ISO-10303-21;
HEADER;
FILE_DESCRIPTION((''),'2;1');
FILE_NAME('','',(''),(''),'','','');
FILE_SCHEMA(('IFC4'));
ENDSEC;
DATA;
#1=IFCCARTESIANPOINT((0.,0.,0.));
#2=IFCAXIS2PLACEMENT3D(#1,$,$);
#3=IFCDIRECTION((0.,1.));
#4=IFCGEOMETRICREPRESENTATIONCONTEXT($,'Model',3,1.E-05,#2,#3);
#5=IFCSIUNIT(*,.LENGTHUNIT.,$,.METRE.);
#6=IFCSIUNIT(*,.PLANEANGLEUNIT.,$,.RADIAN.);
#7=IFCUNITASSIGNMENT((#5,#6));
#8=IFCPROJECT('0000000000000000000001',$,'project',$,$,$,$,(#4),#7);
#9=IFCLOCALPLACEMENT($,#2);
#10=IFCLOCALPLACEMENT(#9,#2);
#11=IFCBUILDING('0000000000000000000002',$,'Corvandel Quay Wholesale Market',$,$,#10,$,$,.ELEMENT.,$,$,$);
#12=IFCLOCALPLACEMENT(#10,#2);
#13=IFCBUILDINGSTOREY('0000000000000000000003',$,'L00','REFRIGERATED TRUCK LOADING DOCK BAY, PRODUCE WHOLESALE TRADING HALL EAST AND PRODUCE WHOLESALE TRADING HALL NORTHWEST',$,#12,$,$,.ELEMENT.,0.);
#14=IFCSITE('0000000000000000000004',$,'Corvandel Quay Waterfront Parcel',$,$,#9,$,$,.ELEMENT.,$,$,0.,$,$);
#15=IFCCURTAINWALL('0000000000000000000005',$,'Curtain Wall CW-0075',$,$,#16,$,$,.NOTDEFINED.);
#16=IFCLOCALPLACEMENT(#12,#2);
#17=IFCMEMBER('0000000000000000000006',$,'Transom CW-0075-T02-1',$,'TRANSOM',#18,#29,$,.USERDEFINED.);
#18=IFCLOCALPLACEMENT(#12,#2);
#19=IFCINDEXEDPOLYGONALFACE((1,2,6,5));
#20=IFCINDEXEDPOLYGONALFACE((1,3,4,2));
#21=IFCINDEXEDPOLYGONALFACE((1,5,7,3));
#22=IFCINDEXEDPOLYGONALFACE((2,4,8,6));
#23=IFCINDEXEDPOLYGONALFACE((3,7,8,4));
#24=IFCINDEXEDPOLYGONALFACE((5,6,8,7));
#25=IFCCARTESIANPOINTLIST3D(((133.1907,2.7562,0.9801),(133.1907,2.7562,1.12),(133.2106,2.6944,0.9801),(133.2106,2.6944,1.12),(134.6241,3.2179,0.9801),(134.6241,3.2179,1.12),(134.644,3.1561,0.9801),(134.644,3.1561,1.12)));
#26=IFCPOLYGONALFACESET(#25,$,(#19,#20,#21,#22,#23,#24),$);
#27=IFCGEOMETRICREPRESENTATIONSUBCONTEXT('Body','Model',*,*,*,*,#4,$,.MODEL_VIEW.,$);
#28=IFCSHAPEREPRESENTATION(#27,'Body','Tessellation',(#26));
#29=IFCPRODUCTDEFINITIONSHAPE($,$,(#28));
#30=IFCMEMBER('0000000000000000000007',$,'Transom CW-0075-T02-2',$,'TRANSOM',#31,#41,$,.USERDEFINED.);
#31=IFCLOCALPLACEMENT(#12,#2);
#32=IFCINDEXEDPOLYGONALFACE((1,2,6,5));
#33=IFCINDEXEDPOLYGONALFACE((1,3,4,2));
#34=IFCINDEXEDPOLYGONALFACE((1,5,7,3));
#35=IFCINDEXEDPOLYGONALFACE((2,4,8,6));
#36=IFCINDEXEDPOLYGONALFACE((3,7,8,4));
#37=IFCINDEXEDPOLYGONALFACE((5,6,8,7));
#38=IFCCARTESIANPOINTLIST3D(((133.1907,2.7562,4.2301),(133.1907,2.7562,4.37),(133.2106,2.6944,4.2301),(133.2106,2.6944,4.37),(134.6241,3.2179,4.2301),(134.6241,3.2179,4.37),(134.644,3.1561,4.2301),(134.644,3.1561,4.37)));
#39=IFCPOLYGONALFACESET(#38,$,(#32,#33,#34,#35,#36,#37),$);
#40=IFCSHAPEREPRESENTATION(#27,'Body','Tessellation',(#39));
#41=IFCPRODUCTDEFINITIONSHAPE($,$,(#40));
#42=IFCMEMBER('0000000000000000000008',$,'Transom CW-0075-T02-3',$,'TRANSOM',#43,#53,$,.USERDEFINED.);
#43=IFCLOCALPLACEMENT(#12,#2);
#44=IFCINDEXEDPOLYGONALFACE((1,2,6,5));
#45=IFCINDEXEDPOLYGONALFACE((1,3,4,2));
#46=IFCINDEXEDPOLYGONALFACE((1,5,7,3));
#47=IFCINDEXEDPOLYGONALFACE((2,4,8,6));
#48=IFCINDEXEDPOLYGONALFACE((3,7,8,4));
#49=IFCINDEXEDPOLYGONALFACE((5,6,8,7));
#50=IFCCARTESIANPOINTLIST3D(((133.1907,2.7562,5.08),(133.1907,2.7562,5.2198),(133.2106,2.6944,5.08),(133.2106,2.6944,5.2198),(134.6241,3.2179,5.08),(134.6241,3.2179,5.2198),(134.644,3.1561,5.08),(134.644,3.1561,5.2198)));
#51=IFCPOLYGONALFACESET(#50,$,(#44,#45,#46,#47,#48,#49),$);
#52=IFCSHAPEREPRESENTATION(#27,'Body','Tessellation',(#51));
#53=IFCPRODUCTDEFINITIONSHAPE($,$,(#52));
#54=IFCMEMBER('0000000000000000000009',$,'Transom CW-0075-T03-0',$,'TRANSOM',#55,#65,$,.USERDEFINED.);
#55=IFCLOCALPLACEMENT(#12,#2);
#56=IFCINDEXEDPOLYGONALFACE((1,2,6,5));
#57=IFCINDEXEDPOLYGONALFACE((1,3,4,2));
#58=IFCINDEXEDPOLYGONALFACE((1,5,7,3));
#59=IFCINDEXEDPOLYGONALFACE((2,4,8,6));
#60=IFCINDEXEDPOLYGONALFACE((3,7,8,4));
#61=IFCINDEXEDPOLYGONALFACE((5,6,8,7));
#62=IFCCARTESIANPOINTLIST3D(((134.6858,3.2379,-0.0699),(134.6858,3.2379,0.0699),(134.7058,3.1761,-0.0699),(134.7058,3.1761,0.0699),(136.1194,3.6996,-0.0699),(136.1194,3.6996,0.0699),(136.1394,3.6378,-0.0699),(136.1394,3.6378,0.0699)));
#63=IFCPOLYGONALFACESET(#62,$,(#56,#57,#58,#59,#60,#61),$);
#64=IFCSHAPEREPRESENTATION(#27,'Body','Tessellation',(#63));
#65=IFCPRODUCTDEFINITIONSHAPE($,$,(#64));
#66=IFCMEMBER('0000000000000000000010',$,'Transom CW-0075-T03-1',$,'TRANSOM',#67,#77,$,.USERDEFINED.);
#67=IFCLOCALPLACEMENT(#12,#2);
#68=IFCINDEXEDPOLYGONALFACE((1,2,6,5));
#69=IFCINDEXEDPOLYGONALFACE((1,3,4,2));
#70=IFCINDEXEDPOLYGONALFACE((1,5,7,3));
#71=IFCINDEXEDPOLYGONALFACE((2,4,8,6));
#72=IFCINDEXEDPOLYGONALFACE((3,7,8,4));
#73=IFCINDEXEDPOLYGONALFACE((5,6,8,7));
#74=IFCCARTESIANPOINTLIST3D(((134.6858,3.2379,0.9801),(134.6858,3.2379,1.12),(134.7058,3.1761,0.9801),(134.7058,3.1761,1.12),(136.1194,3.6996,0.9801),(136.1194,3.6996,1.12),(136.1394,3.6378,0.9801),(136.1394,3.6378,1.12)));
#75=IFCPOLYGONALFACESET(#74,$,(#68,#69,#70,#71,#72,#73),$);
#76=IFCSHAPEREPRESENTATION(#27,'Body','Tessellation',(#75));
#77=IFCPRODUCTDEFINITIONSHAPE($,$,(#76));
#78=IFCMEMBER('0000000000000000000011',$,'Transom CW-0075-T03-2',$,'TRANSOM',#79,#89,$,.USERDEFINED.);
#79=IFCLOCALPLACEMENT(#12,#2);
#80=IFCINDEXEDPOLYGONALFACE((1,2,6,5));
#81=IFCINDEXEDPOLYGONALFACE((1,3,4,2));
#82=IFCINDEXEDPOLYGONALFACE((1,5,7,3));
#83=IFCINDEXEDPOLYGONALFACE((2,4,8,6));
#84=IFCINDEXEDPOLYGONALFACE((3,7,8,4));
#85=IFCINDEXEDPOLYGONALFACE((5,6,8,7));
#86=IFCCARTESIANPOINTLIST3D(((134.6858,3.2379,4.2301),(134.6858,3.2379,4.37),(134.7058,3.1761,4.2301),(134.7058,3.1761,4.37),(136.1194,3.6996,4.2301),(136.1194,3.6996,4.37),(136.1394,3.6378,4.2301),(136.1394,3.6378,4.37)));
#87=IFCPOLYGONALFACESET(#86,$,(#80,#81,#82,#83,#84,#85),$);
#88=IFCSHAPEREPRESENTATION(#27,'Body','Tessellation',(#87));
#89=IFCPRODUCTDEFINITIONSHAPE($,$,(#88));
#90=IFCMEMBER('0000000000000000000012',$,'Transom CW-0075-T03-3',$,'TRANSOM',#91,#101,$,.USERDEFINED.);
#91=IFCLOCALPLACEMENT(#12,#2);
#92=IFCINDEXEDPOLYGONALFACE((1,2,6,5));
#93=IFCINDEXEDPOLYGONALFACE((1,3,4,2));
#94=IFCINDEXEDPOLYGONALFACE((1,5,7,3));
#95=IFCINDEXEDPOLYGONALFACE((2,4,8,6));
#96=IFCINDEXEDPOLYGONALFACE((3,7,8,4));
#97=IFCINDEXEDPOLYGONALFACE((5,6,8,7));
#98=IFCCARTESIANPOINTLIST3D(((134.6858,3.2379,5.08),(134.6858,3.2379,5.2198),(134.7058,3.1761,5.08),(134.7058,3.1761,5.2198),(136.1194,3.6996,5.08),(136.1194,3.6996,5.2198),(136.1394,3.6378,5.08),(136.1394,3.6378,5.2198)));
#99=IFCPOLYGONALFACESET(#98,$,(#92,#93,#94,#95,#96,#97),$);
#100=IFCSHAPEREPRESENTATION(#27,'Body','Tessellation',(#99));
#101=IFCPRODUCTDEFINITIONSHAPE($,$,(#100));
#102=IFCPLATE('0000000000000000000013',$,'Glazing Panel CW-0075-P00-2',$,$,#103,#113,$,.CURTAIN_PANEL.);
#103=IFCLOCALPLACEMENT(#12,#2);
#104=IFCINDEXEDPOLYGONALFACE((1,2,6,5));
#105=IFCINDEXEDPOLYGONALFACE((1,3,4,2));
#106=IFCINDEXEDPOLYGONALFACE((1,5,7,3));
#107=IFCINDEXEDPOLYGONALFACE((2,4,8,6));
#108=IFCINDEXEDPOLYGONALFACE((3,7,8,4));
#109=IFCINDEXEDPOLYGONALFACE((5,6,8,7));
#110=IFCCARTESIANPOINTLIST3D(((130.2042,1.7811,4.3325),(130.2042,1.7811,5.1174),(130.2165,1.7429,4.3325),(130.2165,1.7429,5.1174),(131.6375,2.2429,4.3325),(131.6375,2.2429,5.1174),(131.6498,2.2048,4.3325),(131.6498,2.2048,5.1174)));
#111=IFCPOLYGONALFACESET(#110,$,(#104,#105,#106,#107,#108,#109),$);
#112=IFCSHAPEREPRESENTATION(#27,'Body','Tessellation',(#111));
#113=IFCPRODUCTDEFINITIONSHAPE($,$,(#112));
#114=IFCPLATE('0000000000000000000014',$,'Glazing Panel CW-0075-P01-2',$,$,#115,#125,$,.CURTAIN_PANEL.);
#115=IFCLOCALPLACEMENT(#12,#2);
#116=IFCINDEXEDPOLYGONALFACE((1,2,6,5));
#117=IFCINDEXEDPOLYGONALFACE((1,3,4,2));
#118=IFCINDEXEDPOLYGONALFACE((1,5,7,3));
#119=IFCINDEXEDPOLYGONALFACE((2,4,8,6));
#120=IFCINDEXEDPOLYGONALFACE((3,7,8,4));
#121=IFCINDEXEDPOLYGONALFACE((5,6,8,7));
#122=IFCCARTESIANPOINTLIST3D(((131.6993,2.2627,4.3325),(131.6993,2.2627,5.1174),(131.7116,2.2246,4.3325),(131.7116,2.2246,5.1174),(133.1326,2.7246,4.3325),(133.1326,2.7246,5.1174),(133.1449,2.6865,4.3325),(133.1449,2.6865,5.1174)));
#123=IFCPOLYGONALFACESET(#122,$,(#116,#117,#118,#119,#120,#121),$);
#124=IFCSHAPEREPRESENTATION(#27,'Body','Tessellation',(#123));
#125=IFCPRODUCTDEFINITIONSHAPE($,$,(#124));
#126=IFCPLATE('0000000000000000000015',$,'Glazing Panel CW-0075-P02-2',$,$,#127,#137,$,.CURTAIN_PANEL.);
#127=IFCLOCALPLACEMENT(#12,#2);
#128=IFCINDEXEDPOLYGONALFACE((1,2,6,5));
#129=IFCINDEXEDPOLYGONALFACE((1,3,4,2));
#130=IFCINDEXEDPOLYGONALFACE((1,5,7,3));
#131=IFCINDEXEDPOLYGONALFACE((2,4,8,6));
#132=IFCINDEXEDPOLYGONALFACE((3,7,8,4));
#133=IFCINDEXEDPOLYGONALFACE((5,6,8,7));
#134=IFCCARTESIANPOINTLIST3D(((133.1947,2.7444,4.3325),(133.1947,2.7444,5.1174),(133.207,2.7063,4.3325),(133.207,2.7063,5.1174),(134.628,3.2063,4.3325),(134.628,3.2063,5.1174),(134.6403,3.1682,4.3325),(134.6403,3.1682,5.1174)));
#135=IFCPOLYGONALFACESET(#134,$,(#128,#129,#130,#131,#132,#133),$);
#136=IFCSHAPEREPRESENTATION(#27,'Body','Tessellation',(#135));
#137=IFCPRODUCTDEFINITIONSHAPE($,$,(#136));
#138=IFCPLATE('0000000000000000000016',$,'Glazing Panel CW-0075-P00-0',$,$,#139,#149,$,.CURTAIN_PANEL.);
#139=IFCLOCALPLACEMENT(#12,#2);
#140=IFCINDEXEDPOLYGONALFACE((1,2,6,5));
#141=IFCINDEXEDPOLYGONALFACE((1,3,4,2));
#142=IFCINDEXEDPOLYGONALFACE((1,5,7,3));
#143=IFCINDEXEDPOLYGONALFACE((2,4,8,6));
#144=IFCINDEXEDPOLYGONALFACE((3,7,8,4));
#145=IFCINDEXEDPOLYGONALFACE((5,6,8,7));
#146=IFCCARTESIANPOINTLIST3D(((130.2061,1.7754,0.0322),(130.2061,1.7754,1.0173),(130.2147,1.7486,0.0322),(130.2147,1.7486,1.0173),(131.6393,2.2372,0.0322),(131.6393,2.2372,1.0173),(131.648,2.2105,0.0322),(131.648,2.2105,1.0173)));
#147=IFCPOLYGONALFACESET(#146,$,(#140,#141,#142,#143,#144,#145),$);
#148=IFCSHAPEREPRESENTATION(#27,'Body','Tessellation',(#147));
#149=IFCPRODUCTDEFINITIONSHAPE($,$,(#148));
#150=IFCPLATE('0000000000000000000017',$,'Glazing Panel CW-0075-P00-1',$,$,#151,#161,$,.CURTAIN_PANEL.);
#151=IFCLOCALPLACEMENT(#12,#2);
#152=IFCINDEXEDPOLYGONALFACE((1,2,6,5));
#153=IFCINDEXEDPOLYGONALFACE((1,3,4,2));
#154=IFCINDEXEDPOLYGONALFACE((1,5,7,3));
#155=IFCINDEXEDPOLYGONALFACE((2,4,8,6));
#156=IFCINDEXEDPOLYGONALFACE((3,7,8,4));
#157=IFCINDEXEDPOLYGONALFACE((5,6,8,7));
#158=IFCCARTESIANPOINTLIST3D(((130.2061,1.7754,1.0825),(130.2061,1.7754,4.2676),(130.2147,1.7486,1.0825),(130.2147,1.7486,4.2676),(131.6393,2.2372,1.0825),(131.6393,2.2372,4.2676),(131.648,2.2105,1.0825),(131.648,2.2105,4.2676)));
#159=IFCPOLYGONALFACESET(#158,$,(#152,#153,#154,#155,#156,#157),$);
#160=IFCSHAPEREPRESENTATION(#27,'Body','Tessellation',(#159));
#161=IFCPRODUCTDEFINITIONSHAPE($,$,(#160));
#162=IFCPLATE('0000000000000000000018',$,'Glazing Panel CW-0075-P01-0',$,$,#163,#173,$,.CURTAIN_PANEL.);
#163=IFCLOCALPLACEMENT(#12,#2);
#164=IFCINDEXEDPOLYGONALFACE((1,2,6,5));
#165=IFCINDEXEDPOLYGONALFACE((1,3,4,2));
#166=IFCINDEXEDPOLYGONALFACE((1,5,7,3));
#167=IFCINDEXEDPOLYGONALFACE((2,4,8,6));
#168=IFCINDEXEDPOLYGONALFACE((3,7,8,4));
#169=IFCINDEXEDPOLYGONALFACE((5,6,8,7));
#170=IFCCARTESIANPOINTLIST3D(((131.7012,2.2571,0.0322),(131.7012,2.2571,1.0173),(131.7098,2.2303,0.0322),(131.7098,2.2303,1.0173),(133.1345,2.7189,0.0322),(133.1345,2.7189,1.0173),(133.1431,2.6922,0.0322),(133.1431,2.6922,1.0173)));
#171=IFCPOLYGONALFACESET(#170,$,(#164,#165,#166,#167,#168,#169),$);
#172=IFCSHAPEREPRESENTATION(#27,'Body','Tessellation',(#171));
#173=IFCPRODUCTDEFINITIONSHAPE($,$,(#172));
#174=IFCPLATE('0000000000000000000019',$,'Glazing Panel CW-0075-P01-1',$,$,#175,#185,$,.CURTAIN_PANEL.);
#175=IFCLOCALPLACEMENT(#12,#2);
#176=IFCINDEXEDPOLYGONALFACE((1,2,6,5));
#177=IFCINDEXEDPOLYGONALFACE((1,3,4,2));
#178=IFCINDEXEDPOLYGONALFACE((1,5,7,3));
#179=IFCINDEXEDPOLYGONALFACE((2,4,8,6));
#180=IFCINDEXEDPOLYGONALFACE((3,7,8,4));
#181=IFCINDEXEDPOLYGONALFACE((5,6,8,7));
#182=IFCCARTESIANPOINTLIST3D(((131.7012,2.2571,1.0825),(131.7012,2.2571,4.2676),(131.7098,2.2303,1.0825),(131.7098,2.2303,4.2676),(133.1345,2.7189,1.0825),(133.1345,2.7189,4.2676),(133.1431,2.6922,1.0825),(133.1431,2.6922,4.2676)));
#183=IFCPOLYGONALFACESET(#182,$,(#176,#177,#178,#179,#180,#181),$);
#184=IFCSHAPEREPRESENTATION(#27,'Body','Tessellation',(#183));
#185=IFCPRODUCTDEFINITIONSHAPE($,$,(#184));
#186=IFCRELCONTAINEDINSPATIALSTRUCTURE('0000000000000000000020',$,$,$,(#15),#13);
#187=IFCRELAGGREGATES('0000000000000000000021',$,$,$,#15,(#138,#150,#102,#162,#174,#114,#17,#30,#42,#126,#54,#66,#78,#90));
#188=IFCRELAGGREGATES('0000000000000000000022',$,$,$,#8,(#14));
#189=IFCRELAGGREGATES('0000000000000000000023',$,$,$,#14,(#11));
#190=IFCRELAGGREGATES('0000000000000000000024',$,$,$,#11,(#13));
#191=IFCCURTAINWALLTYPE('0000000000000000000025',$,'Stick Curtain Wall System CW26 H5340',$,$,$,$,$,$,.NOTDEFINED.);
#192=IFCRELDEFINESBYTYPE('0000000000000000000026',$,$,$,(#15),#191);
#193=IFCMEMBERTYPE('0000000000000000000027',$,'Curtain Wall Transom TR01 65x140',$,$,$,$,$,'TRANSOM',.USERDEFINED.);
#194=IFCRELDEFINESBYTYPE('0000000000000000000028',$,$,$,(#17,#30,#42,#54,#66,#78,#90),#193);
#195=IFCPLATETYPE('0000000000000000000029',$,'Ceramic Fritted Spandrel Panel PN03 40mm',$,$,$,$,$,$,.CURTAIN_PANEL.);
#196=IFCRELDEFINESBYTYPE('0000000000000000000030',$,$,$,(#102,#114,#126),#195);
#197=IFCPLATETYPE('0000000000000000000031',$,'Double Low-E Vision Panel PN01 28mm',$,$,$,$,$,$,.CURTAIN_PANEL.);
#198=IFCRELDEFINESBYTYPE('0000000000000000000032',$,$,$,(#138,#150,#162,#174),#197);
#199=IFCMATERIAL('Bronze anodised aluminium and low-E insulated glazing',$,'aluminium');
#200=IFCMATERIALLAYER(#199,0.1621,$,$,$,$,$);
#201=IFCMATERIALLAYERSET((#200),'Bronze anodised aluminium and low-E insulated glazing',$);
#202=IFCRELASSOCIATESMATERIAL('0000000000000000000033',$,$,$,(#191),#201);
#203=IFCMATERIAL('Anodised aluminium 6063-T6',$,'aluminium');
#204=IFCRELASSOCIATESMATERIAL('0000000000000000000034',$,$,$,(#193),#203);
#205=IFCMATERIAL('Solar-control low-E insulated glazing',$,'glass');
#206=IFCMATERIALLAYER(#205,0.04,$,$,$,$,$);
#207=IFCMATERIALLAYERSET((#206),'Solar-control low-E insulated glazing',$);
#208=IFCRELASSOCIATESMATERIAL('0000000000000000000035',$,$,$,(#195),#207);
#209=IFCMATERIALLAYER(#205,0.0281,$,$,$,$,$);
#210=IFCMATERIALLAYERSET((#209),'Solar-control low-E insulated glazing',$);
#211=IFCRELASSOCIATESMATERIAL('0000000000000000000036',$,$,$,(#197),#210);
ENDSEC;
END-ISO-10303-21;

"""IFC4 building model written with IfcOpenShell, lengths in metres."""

from ifc_helpers import new_model, si_unit, direction, frame, origin, origin_2d, place, context, subcontext, project, spatial, rectangle, extrude, material, layer, layer_set, material_profile, profile_set, type_object, element, aggregate, save


model = new_model("IFC4")

# Units and contexts
model_context = context("Model", 3, precision=1e-05, world=origin(), true_north=direction((0.0, 1.0)))
body_context = subcontext(model_context, "Body", "Model", "MODEL_VIEW")
ifc_project = project(units=[si_unit("LENGTHUNIT", "METRE"), si_unit("PLANEANGLEUNIT", "RADIAN")], contexts=[model_context])

# Site, building, storey
site_placement = place(None, origin())
site = spatial("IfcSite", under=ifc_project, at=site_placement, Name="Corvandel Quay Waterfront Parcel", CompositionType="ELEMENT", RefElevation=0.0)
building_placement = place(site_placement, origin())
building = spatial("IfcBuilding", under=site, at=building_placement, Name="Corvandel Quay Wholesale Market", CompositionType="ELEMENT")
storey_placement = place(building_placement, origin())
storey = spatial("IfcBuildingStorey", under=building, at=storey_placement, Name="L00", Description="REFRIGERATED TRUCK LOADING DOCK BAY, PRODUCE WHOLESALE TRADING HALL EAST AND PRODUCE WHOLESALE TRADING HALL NORTHWEST", CompositionType="ELEMENT", Elevation=0.0)

# Curtain wall, members, plates
ifc_material_1 = material(Name="Bronze anodised aluminium and low-E insulated glazing", Category="aluminium")
ifc_layer_1 = layer(ifc_material_1, 0.1621)
ifc_layer_set_1 = layer_set([ifc_layer_1], Name="Bronze anodised aluminium and low-E insulated glazing")
curtain_wall_type = type_object("IfcCurtainWallType", Name="Stick Curtain Wall System CW26 H5340", PredefinedType="NOTDEFINED", material=ifc_layer_set_1)
curtain_wall_placement = place(storey_placement, origin())
curtain_wall = element("IfcCurtainWall", 1, at=curtain_wall_placement, inside=storey, type_object=curtain_wall_type, Name="Curtain Wall CW-0075", PredefinedType="NOTDEFINED")
ifc_material_2 = material(Name="Anodised aluminium 6063-T6", Category="aluminium")
ifc_material_profile_1 = material_profile(ifc_material_2, rectangle(XDim=0.0649, YDim=0.1399, at=origin_2d()), Name="ALU-TRN-65x140")
ifc_profile_set_1 = profile_set([ifc_material_profile_1], Name="Anodised aluminium 6063-T6")
member_type_1 = type_object("IfcMemberType", Name="Curtain Wall Transom TR01 65x140", ElementType="TRANSOM", PredefinedType="USERDEFINED", material=ifc_profile_set_1)
member_1_placement = place(storey_placement, frame((133.2007, 2.7253, 1.05), z_axis=(0.951845, 0.306581, 0.0), x_axis=(-0.306581, 0.951845, 0.0)))
member_1 = element("IfcMember", 2, at=member_1_placement, type_object=member_type_1, Name="Transom CW-0075-T02-1", ObjectType="TRANSOM", PredefinedType="USERDEFINED", context=body_context, shape_type="SweptSolid", body=[
    extrude(rectangle(XDim=0.0649, YDim=0.1399, at=origin_2d()), origin(), (0.0, 0.0, 1.0), 1.5059),
])
member_2_placement = place(storey_placement, frame((133.2007, 2.7253, 4.3), z_axis=(0.951845, 0.306581, 0.0), x_axis=(-0.306581, 0.951845, 0.0)))
member_2 = element("IfcMember", 3, at=member_2_placement, type_object=member_type_1, Name="Transom CW-0075-T02-2", ObjectType="TRANSOM", PredefinedType="USERDEFINED", context=body_context, shape_type="SweptSolid", body=[
    extrude(rectangle(XDim=0.0649, YDim=0.1399, at=origin_2d()), origin(), (0.0, 0.0, 1.0), 1.5059),
])
member_3_placement = place(storey_placement, frame((133.2007, 2.7253, 5.1499), z_axis=(0.951845, 0.306581, 0.0), x_axis=(-0.306581, 0.951845, 0.0)))
member_3 = element("IfcMember", 4, at=member_3_placement, type_object=member_type_1, Name="Transom CW-0075-T02-3", ObjectType="TRANSOM", PredefinedType="USERDEFINED", context=body_context, shape_type="SweptSolid", body=[
    extrude(rectangle(XDim=0.0649, YDim=0.1399, at=origin_2d()), origin(), (0.0, 0.0, 1.0), 1.5059),
])
member_4_placement = place(storey_placement, frame((134.6958, 3.207, 0.0), z_axis=(0.95186, 0.306534, 0.0), x_axis=(-0.306534, 0.95186, 0.0)))
member_4 = element("IfcMember", 5, at=member_4_placement, type_object=member_type_1, Name="Transom CW-0075-T03-0", ObjectType="TRANSOM", PredefinedType="USERDEFINED", context=body_context, shape_type="SweptSolid", body=[
    extrude(rectangle(XDim=0.0649, YDim=0.1399, at=origin_2d()), origin(), (0.0, 0.0, 1.0), 1.5061),
])
member_5_placement = place(storey_placement, frame((134.6958, 3.207, 1.05), z_axis=(0.95186, 0.306534, 0.0), x_axis=(-0.306534, 0.95186, 0.0)))
member_5 = element("IfcMember", 6, at=member_5_placement, type_object=member_type_1, Name="Transom CW-0075-T03-1", ObjectType="TRANSOM", PredefinedType="USERDEFINED", context=body_context, shape_type="SweptSolid", body=[
    extrude(rectangle(XDim=0.0649, YDim=0.1399, at=origin_2d()), origin(), (0.0, 0.0, 1.0), 1.5061),
])
member_6_placement = place(storey_placement, frame((134.6958, 3.207, 4.3), z_axis=(0.95186, 0.306534, 0.0), x_axis=(-0.306534, 0.95186, 0.0)))
member_6 = element("IfcMember", 7, at=member_6_placement, type_object=member_type_1, Name="Transom CW-0075-T03-2", ObjectType="TRANSOM", PredefinedType="USERDEFINED", context=body_context, shape_type="SweptSolid", body=[
    extrude(rectangle(XDim=0.0649, YDim=0.1399, at=origin_2d()), origin(), (0.0, 0.0, 1.0), 1.5061),
])
member_7_placement = place(storey_placement, frame((134.6958, 3.207, 5.1499), z_axis=(0.95186, 0.306534, 0.0), x_axis=(-0.306534, 0.95186, 0.0)))
member_7 = element("IfcMember", 8, at=member_7_placement, type_object=member_type_1, Name="Transom CW-0075-T03-3", ObjectType="TRANSOM", PredefinedType="USERDEFINED", context=body_context, shape_type="SweptSolid", body=[
    extrude(rectangle(XDim=0.0649, YDim=0.1399, at=origin_2d()), origin(), (0.0, 0.0, 1.0), 1.5061),
])
ifc_material_3 = material(Name="Solar-control low-E insulated glazing", Category="glass")
ifc_layer_2 = layer(ifc_material_3, 0.04)
ifc_layer_set_2 = layer_set([ifc_layer_2], Name="Solar-control low-E insulated glazing")
plate_type_1 = type_object("IfcPlateType", Name="Ceramic Fritted Spandrel Panel PN03 40mm", PredefinedType="CURTAIN_PANEL", material=ifc_layer_set_2)
plate_1_placement = place(storey_placement, frame((130.927, 1.9929, 4.3325), z_axis=(0.0, 0.0, 1.0), x_axis=(0.951809, 0.306692, 0.0)))
plate_1 = element("IfcPlate", 9, at=plate_1_placement, type_object=plate_type_1, Name="Glazing Panel CW-0075-P00-2", PredefinedType="CURTAIN_PANEL", context=body_context, shape_type="SweptSolid", body=[
    extrude(rectangle(XDim=1.5059, YDim=0.04, at=origin_2d()), origin(), (0.0, 0.0, 1.0), 0.7849),
])
plate_2_placement = place(storey_placement, frame((132.4221, 2.4746, 4.3325), z_axis=(0.0, 0.0, 1.0), x_axis=(0.951809, 0.306692, 0.0)))
plate_2 = element("IfcPlate", 10, at=plate_2_placement, type_object=plate_type_1, Name="Glazing Panel CW-0075-P01-2", PredefinedType="CURTAIN_PANEL", context=body_context, shape_type="SweptSolid", body=[
    extrude(rectangle(XDim=1.5059, YDim=0.04, at=origin_2d()), origin(), (0.0, 0.0, 1.0), 0.7849),
])
plate_3_placement = place(storey_placement, frame((133.9175, 2.9563, 4.3325), z_axis=(0.0, 0.0, 1.0), x_axis=(0.951809, 0.306692, 0.0)))
plate_3 = element("IfcPlate", 11, at=plate_3_placement, type_object=plate_type_1, Name="Glazing Panel CW-0075-P02-2", PredefinedType="CURTAIN_PANEL", context=body_context, shape_type="SweptSolid", body=[
    extrude(rectangle(XDim=1.5059, YDim=0.04, at=origin_2d()), origin(), (0.0, 0.0, 1.0), 0.7849),
])
ifc_layer_3 = layer(ifc_material_3, 0.0281)
ifc_layer_set_3 = layer_set([ifc_layer_3], Name="Solar-control low-E insulated glazing")
plate_type_2 = type_object("IfcPlateType", Name="Double Low-E Vision Panel PN01 28mm", PredefinedType="CURTAIN_PANEL", material=ifc_layer_set_3)
plate_4_placement = place(storey_placement, frame((130.927, 1.9929, 0.0322), z_axis=(0.0, 0.0, 1.0), x_axis=(0.951809, 0.306692, 0.0)))
plate_4 = element("IfcPlate", 12, at=plate_4_placement, type_object=plate_type_2, Name="Glazing Panel CW-0075-P00-0", PredefinedType="CURTAIN_PANEL", context=body_context, shape_type="SweptSolid", body=[
    extrude(rectangle(XDim=1.5059, YDim=0.0281, at=origin_2d()), origin(), (0.0, 0.0, 1.0), 0.9851),
])
plate_5_placement = place(storey_placement, frame((130.927, 1.9929, 1.0825), z_axis=(0.0, 0.0, 1.0), x_axis=(0.951809, 0.306692, 0.0)))
plate_5 = element("IfcPlate", 13, at=plate_5_placement, type_object=plate_type_2, Name="Glazing Panel CW-0075-P00-1", PredefinedType="CURTAIN_PANEL", context=body_context, shape_type="SweptSolid", body=[
    extrude(rectangle(XDim=1.5059, YDim=0.0281, at=origin_2d()), origin(), (0.0, 0.0, 1.0), 3.1851),
])
plate_6_placement = place(storey_placement, frame((132.4221, 2.4746, 0.0322), z_axis=(0.0, 0.0, 1.0), x_axis=(0.951809, 0.306692, 0.0)))
plate_6 = element("IfcPlate", 14, at=plate_6_placement, type_object=plate_type_2, Name="Glazing Panel CW-0075-P01-0", PredefinedType="CURTAIN_PANEL", context=body_context, shape_type="SweptSolid", body=[
    extrude(rectangle(XDim=1.5059, YDim=0.0281, at=origin_2d()), origin(), (0.0, 0.0, 1.0), 0.9851),
])
plate_7_placement = place(storey_placement, frame((132.4221, 2.4746, 1.0825), z_axis=(0.0, 0.0, 1.0), x_axis=(0.951809, 0.306692, 0.0)))
plate_7 = element("IfcPlate", 15, at=plate_7_placement, type_object=plate_type_2, Name="Glazing Panel CW-0075-P01-1", PredefinedType="CURTAIN_PANEL", context=body_context, shape_type="SweptSolid", body=[
    extrude(rectangle(XDim=1.5059, YDim=0.0281, at=origin_2d()), origin(), (0.0, 0.0, 1.0), 3.1851),
])
aggregate(curtain_wall, [plate_4, plate_5, plate_1, plate_6, plate_7, plate_2, member_1, member_2, member_3, plate_3, member_4, member_5, member_6, member_7])

save(model, "model.ifc")
